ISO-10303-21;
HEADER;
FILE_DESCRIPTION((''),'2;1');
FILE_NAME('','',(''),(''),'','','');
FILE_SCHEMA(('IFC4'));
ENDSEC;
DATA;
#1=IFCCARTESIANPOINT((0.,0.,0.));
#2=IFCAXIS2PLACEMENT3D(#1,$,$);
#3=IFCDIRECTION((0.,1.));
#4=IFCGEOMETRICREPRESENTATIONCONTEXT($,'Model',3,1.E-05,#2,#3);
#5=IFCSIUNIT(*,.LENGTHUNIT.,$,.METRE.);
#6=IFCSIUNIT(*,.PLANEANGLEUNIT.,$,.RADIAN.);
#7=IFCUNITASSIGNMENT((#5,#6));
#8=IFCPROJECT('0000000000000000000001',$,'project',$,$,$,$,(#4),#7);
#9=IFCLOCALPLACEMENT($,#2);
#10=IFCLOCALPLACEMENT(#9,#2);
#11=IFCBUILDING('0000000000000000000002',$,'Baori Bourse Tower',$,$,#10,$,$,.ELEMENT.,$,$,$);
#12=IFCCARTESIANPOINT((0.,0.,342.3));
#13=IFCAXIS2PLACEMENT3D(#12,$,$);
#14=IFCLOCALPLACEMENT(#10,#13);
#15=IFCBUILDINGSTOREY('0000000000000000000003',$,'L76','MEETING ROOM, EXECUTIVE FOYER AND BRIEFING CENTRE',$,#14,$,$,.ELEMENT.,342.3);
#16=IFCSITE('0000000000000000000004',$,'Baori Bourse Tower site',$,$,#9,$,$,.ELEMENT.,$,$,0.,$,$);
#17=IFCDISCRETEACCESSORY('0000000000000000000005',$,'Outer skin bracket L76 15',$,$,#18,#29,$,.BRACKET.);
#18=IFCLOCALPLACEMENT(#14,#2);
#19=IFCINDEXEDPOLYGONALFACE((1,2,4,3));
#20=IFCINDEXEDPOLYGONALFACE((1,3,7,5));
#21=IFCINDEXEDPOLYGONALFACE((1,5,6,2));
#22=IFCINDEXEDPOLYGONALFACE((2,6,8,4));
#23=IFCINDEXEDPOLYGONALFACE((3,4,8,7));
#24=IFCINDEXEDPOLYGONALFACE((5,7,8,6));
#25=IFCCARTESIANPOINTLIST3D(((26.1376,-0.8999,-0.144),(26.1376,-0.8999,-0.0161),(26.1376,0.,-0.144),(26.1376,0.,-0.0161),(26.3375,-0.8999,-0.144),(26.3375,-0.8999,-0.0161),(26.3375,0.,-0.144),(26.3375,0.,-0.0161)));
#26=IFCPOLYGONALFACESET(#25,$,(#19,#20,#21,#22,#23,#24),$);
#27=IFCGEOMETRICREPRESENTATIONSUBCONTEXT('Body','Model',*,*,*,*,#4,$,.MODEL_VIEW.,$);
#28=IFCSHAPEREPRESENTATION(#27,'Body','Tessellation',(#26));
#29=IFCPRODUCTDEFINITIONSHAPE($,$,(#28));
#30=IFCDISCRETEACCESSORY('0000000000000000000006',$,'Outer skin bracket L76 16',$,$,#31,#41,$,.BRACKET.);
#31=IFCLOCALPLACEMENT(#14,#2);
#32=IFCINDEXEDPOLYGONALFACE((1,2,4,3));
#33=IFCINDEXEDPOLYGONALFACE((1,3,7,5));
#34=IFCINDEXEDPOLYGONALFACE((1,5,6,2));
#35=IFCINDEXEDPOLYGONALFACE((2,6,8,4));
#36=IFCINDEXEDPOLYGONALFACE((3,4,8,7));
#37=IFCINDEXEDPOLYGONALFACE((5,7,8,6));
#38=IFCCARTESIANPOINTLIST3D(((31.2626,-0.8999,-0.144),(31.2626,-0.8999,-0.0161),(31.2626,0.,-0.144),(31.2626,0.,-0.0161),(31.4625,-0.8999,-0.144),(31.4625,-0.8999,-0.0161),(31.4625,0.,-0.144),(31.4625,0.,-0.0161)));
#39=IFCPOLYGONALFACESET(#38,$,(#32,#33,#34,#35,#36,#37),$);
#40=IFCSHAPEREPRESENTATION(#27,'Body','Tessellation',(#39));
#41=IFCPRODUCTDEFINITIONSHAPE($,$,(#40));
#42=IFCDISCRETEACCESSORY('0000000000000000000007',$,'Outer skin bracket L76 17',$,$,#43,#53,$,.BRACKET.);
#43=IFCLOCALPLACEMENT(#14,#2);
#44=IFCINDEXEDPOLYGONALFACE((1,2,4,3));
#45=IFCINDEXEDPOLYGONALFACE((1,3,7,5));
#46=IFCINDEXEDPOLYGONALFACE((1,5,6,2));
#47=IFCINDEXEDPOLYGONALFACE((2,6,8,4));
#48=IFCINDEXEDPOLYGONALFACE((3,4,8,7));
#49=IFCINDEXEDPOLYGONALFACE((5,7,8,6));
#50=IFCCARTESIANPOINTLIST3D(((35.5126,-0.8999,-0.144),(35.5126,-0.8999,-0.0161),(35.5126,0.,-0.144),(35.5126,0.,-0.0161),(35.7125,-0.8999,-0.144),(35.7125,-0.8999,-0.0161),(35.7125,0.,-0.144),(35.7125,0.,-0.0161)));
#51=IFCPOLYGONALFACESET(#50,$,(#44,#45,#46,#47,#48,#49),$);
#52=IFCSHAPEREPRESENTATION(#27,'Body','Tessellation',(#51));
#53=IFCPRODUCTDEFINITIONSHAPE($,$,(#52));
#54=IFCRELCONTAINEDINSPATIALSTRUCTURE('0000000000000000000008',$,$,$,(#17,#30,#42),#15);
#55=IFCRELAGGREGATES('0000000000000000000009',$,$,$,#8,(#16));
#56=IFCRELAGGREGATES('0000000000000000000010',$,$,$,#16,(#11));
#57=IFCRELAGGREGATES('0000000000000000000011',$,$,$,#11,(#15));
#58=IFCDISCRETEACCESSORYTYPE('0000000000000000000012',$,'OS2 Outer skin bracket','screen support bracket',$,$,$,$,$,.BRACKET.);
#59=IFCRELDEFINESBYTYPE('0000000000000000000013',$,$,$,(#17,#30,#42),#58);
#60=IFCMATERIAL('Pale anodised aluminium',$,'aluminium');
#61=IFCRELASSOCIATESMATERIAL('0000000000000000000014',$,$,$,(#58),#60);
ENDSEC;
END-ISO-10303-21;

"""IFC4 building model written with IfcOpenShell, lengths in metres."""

from ifc_helpers import new_model, si_unit, direction, frame, origin, origin_2d, place, context, subcontext, project, spatial, rectangle, extrude, material, type_object, element, save


model = new_model("IFC4")

# Units and contexts
model_context = context("Model", 3, precision=1e-05, world=origin(), true_north=direction((0.0, 1.0)))
body_context = subcontext(model_context, "Body", "Model", "MODEL_VIEW")
ifc_project = project(units=[si_unit("LENGTHUNIT", "METRE"), si_unit("PLANEANGLEUNIT", "RADIAN")], contexts=[model_context])

# Site, building, storey
site_placement = place(None, origin())
site = spatial("IfcSite", under=ifc_project, at=site_placement, Name="Baori Bourse Tower site", CompositionType="ELEMENT", RefElevation=0.0)
building_placement = place(site_placement, origin())
building = spatial("IfcBuilding", under=site, at=building_placement, Name="Baori Bourse Tower", CompositionType="ELEMENT")
storey_placement = place(building_placement, frame((0.0, 0.0, 342.3)))
storey = spatial("IfcBuildingStorey", under=building, at=storey_placement, Name="L76", Description="MEETING ROOM, EXECUTIVE FOYER AND BRIEFING CENTRE", CompositionType="ELEMENT", Elevation=342.3)

# Discrete accessories
ifc_material_1 = material(Name="Pale anodised aluminium", Category="aluminium")
discrete_accessory_type = type_object("IfcDiscreteAccessoryType", Name="OS2 Outer skin bracket", Description="screen support bracket", PredefinedType="BRACKET", material=ifc_material_1)
for number, where, z_axis, x_axis, name in (
    (1, (26.2375, -0.45, -0.144), (0.0, 0.0, 1.0), (1.0, 0.0, 0.0), "Outer skin bracket L76 15"),
    (2, (31.3625, -0.45, -0.144), (0.0, 0.0, 1.0), (1.0, 0.0, 0.0), "Outer skin bracket L76 16"),
    (3, (35.6125, -0.45, -0.144), (0.0, 0.0, 1.0), (1.0, 0.0, 0.0), "Outer skin bracket L76 17"),
):
    element("IfcDiscreteAccessory", number, at=place(storey_placement, frame(where, z_axis=z_axis, x_axis=x_axis)), inside=storey, type_object=discrete_accessory_type, Name=name, PredefinedType="BRACKET", context=body_context, shape_type="SweptSolid", body=[
        extrude(rectangle(XDim=0.2, YDim=0.8999, at=origin_2d()), origin(), (0.0, 0.0, 1.0), 0.1279),
    ])

save(model, "model.ifc")
